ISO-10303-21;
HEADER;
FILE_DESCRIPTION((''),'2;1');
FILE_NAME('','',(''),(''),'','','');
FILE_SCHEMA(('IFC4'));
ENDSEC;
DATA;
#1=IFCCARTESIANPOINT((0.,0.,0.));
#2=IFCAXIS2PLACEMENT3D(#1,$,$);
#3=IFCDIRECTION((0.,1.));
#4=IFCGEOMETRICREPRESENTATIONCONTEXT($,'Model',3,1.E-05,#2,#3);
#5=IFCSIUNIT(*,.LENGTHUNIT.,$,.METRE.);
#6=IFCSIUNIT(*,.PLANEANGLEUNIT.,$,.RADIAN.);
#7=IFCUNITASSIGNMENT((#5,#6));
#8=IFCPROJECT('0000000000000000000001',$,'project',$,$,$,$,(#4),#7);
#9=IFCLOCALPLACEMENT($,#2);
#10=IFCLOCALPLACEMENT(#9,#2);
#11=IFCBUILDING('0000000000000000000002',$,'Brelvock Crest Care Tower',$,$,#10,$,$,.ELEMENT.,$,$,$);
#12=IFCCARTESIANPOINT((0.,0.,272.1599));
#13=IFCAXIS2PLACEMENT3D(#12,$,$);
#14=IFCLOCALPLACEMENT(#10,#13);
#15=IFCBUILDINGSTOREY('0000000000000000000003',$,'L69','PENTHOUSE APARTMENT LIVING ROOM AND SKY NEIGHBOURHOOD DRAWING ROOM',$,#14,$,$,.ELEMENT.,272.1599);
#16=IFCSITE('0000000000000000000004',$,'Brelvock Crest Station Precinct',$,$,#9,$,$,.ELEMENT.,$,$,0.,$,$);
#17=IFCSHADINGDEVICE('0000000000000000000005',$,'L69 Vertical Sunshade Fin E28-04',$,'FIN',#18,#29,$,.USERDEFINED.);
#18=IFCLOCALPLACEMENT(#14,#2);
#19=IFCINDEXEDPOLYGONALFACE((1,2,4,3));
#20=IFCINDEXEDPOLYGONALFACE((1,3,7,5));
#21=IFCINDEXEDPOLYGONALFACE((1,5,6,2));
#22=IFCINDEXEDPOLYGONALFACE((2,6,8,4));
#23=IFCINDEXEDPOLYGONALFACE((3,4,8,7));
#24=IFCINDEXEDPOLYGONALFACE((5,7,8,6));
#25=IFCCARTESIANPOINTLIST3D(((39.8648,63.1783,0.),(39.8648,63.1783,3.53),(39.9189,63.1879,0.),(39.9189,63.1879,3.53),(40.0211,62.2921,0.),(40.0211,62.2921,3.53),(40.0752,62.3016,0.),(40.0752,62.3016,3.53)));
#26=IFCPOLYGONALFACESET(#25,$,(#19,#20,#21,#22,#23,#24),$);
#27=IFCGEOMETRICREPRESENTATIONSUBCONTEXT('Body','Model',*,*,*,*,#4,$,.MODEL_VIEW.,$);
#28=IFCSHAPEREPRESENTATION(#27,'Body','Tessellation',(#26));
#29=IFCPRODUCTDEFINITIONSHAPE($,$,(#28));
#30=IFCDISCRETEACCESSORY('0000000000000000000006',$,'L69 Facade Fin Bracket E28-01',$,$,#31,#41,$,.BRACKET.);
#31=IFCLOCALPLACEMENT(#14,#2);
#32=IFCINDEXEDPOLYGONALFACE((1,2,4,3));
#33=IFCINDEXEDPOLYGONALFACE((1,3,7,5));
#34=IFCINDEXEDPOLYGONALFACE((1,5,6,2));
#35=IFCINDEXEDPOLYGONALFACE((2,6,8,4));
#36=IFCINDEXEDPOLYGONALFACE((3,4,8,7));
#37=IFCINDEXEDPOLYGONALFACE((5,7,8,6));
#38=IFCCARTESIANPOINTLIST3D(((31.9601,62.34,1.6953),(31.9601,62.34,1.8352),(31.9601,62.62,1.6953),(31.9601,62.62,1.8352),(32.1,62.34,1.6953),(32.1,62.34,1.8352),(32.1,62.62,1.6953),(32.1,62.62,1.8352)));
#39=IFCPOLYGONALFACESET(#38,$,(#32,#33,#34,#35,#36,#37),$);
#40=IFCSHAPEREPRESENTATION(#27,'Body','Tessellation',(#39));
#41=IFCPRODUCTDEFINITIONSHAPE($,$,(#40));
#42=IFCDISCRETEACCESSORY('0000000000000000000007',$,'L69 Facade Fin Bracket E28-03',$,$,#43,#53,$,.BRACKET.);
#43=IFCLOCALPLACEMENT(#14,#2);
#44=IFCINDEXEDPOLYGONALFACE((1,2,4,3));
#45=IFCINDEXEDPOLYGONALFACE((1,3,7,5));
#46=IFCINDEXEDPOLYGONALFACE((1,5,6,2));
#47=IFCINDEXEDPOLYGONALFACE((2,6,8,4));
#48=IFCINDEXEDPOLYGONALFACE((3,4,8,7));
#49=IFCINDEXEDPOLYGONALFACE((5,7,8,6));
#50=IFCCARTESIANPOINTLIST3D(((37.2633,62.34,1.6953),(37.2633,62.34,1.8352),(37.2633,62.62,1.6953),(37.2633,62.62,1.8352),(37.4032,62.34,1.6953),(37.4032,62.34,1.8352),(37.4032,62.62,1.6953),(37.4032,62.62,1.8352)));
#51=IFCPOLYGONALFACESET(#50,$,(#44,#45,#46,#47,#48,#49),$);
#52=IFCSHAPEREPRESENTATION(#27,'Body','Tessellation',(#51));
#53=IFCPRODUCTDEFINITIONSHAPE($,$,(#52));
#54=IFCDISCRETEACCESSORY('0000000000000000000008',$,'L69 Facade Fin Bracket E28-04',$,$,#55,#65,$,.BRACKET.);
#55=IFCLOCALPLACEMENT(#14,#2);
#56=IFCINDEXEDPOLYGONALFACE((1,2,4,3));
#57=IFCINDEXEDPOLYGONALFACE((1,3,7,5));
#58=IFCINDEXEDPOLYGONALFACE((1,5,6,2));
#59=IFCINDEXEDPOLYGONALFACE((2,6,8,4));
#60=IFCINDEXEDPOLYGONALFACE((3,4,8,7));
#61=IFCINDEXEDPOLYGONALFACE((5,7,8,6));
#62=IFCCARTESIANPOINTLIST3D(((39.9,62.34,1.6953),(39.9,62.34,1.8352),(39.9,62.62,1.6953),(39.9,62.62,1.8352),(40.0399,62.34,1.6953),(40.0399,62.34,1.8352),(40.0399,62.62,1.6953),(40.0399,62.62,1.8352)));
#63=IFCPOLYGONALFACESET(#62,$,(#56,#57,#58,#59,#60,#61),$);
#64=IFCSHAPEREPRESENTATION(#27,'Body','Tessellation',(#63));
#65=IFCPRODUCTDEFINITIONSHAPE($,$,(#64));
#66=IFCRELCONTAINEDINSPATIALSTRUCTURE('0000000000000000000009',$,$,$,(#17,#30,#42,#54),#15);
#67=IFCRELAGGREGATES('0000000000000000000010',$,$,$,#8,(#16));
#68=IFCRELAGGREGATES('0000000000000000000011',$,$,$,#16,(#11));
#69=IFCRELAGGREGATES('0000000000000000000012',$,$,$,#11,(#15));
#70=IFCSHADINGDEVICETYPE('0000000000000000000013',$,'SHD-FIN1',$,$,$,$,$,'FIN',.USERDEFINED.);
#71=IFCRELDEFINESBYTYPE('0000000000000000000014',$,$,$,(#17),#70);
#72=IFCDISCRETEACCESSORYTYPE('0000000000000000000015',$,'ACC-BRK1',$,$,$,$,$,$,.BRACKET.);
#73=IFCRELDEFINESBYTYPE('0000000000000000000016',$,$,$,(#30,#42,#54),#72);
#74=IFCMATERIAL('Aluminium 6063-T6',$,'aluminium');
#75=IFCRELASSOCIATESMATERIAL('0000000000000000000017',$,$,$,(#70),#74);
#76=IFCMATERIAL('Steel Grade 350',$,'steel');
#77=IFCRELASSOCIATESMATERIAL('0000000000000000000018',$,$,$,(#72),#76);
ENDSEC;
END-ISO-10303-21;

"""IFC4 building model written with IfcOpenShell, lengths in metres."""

from ifc_helpers import new_model, si_unit, direction, frame, origin, origin_2d, place, context, subcontext, project, spatial, rectangle, extrude, source, transform, mapped, material, material_profile, profile_set, type_object, element, save


model = new_model("IFC4")

# Units and contexts
model_context = context("Model", 3, precision=1e-05, world=origin(), true_north=direction((0.0, 1.0)))
body_context = subcontext(model_context, "Body", "Model", "MODEL_VIEW")
ifc_project = project(units=[si_unit("LENGTHUNIT", "METRE"), si_unit("PLANEANGLEUNIT", "RADIAN")], contexts=[model_context])

# Site, building, storey
site_placement = place(None, origin())
site = spatial("IfcSite", under=ifc_project, at=site_placement, Name="Brelvock Crest Station Precinct", CompositionType="ELEMENT", RefElevation=0.0)
building_placement = place(site_placement, origin())
building = spatial("IfcBuilding", under=site, at=building_placement, Name="Brelvock Crest Care Tower", CompositionType="ELEMENT")
storey_placement = place(building_placement, frame((0.0, 0.0, 272.1599)))
storey = spatial("IfcBuildingStorey", under=building, at=storey_placement, Name="L69", Description="PENTHOUSE APARTMENT LIVING ROOM AND SKY NEIGHBOURHOOD DRAWING ROOM", CompositionType="ELEMENT", Elevation=272.1599)

# Shared definitions
ifc_material_1 = material(Name="Steel Grade 350", Category="steel")

# Shared definitions
ifc_material_2 = material(Name="Aluminium 6063-T6", Category="aluminium")

# Shading device
ifc_material_profile_1 = material_profile(ifc_material_2, rectangle(XDim=0.0549, YDim=0.8999, at=origin_2d()), Name="FIN55x900")
ifc_profile_set_1 = profile_set([ifc_material_profile_1], Name="Aluminium 6063-T6")
shading_device_type = type_object("IfcShadingDeviceType", Name="SHD-FIN1", ElementType="FIN", PredefinedType="USERDEFINED", material=ifc_profile_set_1)
shared_shape_1 = source(origin(), body_context, "Body", "SweptSolid", [
    extrude(rectangle(XDim=0.0549, YDim=0.8999, at=origin_2d()), origin(), (0.0, 0.0, 1.0), 3.53),
])
for number, where, z_axis, x_axis, name in (
    (1, (39.97, 62.74, 0.0), (0.0, 0.0, 1.0), (0.984808, 0.173648, 0.0), "L69 Vertical Sunshade Fin E28-04"),
):
    element("IfcShadingDevice", number, at=place(storey_placement, frame(where, z_axis=z_axis, x_axis=x_axis)), inside=storey, type_object=shading_device_type, Name=name, ObjectType="FIN", PredefinedType="USERDEFINED", context=body_context, shape_type="MappedRepresentation", body=[
        mapped(shared_shape_1, transform((0.0, 0.0, 0.0), x_axis=(1.0, 0.0, 0.0), y_axis=(0.0, 1.0, 0.0), z_axis=(0.0, 0.0, 1.0), scale=1.0)),
    ])

# Discrete accessories
discrete_accessory_type = type_object("IfcDiscreteAccessoryType", Name="ACC-BRK1", PredefinedType="BRACKET", material=ifc_material_1)
shared_shape_2 = source(origin(), body_context, "Body", "SweptSolid", [
    extrude(rectangle(XDim=0.28, YDim=0.1399, at=origin_2d()), origin(), (0.0, 0.0, 1.0), 0.1399),
])
for number, where, z_axis, x_axis, name in (
    (2, (32.03, 62.48, 1.6953), (0.0, 0.0, 1.0), (0.0, 1.0, 0.0), "L69 Facade Fin Bracket E28-01"),
    (3, (37.3333, 62.48, 1.6953), (0.0, 0.0, 1.0), (0.0, 1.0, 0.0), "L69 Facade Fin Bracket E28-03"),
    (4, (39.97, 62.48, 1.6953), (0.0, 0.0, 1.0), (0.0, 1.0, 0.0), "L69 Facade Fin Bracket E28-04"),
):
    element("IfcDiscreteAccessory", number, at=place(storey_placement, frame(where, z_axis=z_axis, x_axis=x_axis)), inside=storey, type_object=discrete_accessory_type, Name=name, PredefinedType="BRACKET", context=body_context, shape_type="MappedRepresentation", body=[
        mapped(shared_shape_2, transform((0.0, 0.0, 0.0), x_axis=(1.0, 0.0, 0.0), y_axis=(0.0, 1.0, 0.0), z_axis=(0.0, 0.0, 1.0), scale=1.0)),
    ])

save(model, "model.ifc")
